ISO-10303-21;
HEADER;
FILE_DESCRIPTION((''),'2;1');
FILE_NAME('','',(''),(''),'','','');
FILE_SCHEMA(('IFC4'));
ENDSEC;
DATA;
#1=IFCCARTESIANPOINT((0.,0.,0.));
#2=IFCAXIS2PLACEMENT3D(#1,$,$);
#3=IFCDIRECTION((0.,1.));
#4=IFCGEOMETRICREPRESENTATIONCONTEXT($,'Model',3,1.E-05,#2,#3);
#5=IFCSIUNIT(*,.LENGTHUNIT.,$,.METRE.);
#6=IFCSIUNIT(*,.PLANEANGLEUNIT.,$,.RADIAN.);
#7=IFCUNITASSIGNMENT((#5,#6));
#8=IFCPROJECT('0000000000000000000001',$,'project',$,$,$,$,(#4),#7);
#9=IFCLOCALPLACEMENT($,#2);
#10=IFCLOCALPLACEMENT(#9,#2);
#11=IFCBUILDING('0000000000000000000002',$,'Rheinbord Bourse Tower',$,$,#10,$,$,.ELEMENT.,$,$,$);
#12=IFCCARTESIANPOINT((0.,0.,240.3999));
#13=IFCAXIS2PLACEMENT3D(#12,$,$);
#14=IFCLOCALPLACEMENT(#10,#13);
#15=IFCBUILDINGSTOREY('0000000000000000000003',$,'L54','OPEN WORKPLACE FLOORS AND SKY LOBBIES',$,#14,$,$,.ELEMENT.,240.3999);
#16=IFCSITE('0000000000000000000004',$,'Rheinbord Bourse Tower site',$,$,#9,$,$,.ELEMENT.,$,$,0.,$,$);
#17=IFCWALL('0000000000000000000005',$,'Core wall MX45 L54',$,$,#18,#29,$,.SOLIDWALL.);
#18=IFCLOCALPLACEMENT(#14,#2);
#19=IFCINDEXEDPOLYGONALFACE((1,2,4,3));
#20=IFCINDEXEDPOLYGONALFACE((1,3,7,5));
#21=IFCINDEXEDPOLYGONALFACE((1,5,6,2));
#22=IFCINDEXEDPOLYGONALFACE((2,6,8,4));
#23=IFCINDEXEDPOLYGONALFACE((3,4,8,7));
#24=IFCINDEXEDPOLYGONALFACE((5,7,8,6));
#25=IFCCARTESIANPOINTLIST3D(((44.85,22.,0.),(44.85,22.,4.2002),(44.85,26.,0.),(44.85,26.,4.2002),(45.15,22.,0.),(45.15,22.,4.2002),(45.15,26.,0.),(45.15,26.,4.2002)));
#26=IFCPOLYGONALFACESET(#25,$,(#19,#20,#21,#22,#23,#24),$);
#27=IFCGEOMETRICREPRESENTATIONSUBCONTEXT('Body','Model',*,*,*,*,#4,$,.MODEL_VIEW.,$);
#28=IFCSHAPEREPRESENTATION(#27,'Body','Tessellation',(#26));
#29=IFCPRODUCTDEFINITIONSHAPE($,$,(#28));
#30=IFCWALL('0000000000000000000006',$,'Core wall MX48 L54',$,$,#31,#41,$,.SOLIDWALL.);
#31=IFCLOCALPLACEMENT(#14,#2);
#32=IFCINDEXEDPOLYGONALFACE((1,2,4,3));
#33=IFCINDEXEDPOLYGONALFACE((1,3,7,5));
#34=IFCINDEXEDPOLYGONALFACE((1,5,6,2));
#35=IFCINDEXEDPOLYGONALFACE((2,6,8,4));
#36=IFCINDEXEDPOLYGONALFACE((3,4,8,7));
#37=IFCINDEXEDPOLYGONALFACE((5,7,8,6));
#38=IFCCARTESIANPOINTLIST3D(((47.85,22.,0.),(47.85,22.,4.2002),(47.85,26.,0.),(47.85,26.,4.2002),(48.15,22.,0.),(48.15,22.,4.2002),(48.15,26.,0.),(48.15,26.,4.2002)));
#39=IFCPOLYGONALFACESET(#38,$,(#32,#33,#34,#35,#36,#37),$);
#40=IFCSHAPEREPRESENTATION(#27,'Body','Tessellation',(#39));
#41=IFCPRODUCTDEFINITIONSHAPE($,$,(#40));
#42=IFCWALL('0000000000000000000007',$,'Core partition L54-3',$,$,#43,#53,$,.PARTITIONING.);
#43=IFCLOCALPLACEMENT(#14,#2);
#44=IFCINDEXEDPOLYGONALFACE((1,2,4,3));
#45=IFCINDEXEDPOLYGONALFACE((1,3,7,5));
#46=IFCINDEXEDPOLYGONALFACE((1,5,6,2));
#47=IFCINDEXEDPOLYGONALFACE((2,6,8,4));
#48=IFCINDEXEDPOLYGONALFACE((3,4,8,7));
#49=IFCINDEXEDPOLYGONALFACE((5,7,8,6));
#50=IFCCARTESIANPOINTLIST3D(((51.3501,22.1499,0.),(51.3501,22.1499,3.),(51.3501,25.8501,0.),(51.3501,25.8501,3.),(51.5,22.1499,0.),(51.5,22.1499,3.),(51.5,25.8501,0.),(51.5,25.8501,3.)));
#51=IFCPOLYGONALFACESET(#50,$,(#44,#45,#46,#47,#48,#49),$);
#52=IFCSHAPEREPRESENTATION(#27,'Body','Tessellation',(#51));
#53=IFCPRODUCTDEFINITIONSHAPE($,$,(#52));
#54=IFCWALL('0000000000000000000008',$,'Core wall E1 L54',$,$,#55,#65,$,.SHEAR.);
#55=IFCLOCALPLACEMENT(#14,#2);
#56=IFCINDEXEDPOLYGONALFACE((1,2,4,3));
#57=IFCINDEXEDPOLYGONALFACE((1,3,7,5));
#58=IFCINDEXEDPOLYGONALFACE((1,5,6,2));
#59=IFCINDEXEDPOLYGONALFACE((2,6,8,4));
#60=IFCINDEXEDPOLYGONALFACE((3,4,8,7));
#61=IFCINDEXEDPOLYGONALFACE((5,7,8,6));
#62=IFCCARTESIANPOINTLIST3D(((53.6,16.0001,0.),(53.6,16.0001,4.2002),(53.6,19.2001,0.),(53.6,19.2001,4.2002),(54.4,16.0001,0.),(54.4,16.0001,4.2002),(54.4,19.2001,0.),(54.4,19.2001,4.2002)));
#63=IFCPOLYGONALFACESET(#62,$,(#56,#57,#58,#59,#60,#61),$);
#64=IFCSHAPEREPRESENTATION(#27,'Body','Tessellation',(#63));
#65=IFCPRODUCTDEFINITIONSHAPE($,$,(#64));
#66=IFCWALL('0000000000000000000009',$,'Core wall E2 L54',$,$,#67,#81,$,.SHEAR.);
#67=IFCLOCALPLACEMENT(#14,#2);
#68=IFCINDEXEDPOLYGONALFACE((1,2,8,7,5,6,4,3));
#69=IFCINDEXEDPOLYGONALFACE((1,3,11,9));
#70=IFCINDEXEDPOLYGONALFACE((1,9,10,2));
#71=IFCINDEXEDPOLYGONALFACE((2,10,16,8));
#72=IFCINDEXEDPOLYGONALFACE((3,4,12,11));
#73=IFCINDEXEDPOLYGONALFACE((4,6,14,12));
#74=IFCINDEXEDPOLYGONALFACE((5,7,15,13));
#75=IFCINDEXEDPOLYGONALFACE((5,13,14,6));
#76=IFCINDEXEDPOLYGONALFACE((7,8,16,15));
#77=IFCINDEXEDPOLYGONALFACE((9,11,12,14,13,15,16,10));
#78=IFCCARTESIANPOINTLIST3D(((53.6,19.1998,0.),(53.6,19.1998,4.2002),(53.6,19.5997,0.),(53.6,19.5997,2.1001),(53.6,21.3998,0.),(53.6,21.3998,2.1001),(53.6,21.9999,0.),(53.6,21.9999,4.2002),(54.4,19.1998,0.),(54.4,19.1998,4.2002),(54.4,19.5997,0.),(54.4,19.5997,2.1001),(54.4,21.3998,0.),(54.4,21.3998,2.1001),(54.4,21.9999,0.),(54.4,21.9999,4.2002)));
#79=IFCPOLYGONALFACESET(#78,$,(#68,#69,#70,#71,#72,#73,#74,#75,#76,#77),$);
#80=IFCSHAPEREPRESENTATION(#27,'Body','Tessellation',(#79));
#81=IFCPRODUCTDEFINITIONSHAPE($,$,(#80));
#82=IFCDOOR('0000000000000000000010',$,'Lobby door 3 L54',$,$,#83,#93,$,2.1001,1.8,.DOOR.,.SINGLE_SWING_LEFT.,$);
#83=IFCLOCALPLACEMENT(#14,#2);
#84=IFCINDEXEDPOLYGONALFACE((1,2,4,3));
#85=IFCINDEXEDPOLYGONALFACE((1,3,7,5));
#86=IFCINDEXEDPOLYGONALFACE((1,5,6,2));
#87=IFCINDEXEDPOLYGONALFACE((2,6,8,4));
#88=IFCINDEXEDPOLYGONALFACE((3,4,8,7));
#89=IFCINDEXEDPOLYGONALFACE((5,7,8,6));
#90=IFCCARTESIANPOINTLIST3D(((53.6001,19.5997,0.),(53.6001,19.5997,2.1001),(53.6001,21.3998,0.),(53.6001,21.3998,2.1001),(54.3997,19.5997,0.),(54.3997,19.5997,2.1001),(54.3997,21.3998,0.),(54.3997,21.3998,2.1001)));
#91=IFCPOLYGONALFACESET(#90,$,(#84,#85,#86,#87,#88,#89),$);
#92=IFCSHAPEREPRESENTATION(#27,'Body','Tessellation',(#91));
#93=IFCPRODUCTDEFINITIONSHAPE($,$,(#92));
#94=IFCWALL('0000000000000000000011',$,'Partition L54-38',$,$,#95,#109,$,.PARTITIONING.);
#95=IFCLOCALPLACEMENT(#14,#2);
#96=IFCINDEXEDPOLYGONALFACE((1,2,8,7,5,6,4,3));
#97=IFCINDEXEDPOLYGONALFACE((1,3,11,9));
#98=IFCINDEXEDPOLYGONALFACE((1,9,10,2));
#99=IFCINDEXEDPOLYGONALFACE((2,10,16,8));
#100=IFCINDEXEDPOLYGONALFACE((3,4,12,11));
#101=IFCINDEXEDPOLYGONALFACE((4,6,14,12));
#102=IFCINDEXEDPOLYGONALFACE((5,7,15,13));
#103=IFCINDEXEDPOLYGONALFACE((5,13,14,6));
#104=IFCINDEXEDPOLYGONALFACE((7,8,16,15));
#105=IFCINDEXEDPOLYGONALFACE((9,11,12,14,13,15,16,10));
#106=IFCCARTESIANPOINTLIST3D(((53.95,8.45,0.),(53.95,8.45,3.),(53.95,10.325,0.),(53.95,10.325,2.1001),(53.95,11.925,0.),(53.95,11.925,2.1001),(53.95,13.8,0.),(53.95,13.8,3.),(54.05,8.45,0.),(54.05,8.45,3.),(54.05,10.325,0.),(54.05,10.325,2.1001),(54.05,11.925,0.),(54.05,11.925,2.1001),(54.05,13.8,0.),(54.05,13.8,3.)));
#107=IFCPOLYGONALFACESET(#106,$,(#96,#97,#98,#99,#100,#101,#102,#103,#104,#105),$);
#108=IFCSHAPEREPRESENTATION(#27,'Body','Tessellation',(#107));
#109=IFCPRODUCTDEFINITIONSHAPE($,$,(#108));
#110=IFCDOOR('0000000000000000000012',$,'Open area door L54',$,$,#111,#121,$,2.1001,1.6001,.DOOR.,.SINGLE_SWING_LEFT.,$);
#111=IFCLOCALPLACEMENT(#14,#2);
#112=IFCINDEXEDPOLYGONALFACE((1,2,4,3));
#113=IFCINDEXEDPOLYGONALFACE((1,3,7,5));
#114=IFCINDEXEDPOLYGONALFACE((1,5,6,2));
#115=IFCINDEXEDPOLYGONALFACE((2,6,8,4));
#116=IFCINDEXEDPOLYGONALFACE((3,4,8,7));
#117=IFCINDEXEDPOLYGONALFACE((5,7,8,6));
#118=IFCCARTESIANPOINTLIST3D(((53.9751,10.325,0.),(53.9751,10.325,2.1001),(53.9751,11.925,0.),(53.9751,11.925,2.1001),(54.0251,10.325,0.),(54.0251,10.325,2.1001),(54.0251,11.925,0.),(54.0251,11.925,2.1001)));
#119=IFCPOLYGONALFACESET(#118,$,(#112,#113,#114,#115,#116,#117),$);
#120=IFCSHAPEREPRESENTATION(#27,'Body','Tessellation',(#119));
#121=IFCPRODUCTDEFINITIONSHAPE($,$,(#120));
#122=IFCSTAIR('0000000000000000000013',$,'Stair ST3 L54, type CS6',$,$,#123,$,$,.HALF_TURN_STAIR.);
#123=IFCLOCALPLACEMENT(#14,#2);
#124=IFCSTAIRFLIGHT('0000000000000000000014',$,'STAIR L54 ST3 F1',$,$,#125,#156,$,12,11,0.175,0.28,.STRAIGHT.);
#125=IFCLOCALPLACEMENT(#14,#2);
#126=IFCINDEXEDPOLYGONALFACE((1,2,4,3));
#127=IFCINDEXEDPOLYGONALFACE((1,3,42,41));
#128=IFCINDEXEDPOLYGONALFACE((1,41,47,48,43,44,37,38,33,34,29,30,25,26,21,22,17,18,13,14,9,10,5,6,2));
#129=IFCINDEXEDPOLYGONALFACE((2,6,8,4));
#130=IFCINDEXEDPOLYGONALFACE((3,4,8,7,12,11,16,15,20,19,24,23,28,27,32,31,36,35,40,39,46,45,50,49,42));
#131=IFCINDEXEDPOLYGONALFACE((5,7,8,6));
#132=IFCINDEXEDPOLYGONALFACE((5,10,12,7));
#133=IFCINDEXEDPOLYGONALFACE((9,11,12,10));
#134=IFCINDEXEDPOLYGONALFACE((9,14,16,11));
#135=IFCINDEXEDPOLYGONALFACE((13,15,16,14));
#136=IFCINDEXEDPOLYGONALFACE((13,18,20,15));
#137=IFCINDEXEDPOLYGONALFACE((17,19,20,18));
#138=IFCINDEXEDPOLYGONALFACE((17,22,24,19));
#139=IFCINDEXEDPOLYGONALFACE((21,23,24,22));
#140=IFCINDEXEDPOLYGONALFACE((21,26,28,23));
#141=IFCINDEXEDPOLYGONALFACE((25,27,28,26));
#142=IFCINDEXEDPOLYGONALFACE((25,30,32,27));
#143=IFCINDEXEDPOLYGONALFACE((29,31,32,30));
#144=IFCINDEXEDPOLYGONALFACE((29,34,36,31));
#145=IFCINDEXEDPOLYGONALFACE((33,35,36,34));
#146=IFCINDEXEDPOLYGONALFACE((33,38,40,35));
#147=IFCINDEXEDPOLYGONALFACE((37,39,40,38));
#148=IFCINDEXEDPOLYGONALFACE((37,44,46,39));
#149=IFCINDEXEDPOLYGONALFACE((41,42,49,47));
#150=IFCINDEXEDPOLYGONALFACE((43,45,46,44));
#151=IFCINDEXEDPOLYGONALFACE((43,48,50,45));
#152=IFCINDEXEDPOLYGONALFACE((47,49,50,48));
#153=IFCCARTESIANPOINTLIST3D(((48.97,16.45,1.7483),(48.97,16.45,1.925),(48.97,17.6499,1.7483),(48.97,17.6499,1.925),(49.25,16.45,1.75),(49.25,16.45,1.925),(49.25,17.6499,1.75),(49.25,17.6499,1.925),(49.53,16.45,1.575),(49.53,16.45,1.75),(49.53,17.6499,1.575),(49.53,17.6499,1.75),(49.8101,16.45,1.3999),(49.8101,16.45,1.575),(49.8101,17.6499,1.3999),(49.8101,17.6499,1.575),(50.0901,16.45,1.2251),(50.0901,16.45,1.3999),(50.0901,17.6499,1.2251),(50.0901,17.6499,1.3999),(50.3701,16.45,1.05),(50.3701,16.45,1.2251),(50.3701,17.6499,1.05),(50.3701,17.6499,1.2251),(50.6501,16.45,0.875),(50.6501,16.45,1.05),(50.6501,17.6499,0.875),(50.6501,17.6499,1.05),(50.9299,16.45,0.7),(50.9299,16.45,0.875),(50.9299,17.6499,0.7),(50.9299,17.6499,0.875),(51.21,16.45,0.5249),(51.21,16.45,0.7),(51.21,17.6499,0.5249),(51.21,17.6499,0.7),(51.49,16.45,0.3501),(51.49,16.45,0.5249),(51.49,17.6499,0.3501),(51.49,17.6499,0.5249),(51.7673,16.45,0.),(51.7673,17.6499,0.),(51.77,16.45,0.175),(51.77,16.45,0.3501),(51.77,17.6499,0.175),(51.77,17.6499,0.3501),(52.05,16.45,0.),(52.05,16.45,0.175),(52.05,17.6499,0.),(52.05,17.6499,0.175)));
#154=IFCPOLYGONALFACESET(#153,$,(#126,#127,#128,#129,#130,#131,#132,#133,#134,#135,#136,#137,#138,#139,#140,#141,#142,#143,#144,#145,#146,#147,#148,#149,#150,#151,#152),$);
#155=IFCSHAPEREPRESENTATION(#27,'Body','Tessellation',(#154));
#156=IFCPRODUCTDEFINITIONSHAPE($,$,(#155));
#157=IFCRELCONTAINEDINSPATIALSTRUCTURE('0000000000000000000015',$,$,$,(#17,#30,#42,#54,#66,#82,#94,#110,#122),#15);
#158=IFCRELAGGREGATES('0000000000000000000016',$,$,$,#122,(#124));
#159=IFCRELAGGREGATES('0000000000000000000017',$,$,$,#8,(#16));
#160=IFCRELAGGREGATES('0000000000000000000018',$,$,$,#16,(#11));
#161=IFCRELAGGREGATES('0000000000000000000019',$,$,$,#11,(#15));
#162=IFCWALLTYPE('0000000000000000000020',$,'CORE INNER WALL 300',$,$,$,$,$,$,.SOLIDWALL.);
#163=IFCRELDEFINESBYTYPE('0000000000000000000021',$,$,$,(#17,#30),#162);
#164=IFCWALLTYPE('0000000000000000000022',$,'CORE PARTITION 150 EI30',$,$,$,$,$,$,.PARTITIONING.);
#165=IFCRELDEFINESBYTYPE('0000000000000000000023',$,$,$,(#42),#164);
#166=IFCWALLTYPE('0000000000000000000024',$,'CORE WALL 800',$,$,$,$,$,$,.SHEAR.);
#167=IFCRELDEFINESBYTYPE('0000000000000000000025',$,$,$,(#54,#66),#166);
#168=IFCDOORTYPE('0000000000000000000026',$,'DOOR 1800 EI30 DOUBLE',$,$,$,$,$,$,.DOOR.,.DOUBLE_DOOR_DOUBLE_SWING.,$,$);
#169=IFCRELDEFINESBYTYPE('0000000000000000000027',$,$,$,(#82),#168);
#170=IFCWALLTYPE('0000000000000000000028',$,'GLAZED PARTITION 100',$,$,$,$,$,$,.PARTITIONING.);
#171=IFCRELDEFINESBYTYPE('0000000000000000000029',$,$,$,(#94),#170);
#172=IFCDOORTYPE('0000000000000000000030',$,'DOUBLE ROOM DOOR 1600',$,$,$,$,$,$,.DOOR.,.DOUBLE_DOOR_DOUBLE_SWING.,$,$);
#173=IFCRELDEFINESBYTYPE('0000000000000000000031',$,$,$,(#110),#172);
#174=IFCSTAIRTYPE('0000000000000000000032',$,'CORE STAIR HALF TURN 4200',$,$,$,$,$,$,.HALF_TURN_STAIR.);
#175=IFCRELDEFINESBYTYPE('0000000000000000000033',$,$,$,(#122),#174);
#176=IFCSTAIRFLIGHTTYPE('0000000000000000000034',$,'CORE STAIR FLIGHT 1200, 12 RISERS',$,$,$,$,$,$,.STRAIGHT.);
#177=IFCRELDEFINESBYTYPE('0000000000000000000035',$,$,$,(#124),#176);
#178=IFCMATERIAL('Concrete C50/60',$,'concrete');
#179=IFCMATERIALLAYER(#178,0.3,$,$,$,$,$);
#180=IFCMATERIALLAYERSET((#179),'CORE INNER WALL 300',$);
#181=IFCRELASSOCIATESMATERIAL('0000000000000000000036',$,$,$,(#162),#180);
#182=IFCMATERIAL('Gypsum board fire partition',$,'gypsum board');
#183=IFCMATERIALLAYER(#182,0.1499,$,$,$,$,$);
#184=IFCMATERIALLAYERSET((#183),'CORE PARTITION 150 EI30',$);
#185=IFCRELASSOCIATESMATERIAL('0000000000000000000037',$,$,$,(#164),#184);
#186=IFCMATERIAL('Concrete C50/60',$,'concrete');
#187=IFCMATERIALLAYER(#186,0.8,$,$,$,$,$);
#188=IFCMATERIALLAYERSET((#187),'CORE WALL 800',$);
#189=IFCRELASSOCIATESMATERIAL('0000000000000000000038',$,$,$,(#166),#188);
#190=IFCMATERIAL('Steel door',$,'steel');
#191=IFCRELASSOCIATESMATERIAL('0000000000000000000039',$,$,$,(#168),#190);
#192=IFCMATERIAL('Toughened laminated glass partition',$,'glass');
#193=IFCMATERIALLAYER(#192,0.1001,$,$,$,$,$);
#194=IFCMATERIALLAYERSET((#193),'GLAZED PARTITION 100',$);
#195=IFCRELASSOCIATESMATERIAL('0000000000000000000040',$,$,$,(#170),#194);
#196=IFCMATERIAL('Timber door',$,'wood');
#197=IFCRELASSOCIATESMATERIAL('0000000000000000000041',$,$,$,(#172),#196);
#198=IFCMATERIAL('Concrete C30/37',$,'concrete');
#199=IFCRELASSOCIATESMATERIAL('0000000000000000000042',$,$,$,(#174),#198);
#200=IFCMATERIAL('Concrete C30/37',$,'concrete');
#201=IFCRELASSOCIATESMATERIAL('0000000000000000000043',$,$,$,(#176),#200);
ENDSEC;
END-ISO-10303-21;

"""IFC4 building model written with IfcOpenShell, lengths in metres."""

from ifc_helpers import new_model, si_unit, direction, frame, frame_2d, origin, place, context, subcontext, project, spatial, polyline, rectangle, outline, extrude, material, layer, layer_set, type_object, element, fill, aggregate, save


model = new_model("IFC4")

# Units and contexts
model_context = context("Model", 3, precision=1e-05, world=origin(), true_north=direction((0.0, 1.0)))
body_context = subcontext(model_context, "Body", "Model", "MODEL_VIEW")
ifc_project = project(units=[si_unit("LENGTHUNIT", "METRE"), si_unit("PLANEANGLEUNIT", "RADIAN")], contexts=[model_context])

# Site, building, storey
site_placement = place(None, origin())
site = spatial("IfcSite", under=ifc_project, at=site_placement, Name="Rheinbord Bourse Tower site", CompositionType="ELEMENT", RefElevation=0.0)
building_placement = place(site_placement, origin())
building = spatial("IfcBuilding", under=site, at=building_placement, Name="Rheinbord Bourse Tower", CompositionType="ELEMENT")
storey_placement = place(building_placement, frame((0.0, 0.0, 240.3999)))
storey = spatial("IfcBuildingStorey", under=building, at=storey_placement, Name="L54", Description="OPEN WORKPLACE FLOORS AND SKY LOBBIES", CompositionType="ELEMENT", Elevation=240.3999)

# Shared definitions
ifc_material_1 = material(Name="Concrete C50/60", Category="concrete")
ifc_layer_1 = layer(ifc_material_1, 0.3)
ifc_layer_set_1 = layer_set([ifc_layer_1], Name="CORE INNER WALL 300")
wall_type_1 = type_object("IfcWallType", Name="CORE INNER WALL 300", PredefinedType="SOLIDWALL", material=ifc_layer_set_1)

# Walls
for number, where, z_axis, x_axis, name in (
    (1, (45.0, 22.0, 0.0), (0.0, 0.0, 1.0), (0.0, 1.0, 0.0), "Core wall MX45 L54"),
    (2, (48.0, 22.0, 0.0), (0.0, 0.0, 1.0), (0.0, 1.0, 0.0), "Core wall MX48 L54"),
):
    element("IfcWall", number, at=place(storey_placement, frame(where, z_axis=z_axis, x_axis=x_axis)), inside=storey, type_object=wall_type_1, Name=name, PredefinedType="SOLIDWALL", context=body_context, shape_type="SweptSolid", body=[
        extrude(rectangle(XDim=4.0, YDim=0.3, at=frame_2d((2.0, 0.0))), origin(), (0.0, 0.0, 1.0), 4.2002),
    ])
ifc_material_2 = material(Name="Gypsum board fire partition", Category="gypsum board")
ifc_layer_2 = layer(ifc_material_2, 0.1499)
ifc_layer_set_2 = layer_set([ifc_layer_2], Name="CORE PARTITION 150 EI30")
wall_type_2 = type_object("IfcWallType", Name="CORE PARTITION 150 EI30", PredefinedType="PARTITIONING", material=ifc_layer_set_2)
wall_1_placement = place(storey_placement, frame((51.425, 22.1499, 0.0), z_axis=(0.0, 0.0, 1.0), x_axis=(0.0, 1.0, 0.0)))
element("IfcWall", 3, at=wall_1_placement, inside=storey, type_object=wall_type_2, Name="Core partition L54-3", PredefinedType="PARTITIONING", context=body_context, shape_type="SweptSolid", body=[
    extrude(rectangle(XDim=3.7002, YDim=0.1499, at=frame_2d((1.8501, 0.0))), origin(), (0.0, 0.0, 1.0), 3.0),
])
ifc_material_3 = material(Name="Concrete C50/60", Category="concrete")
ifc_layer_3 = layer(ifc_material_3, 0.8)
ifc_layer_set_3 = layer_set([ifc_layer_3], Name="CORE WALL 800")
wall_type_3 = type_object("IfcWallType", Name="CORE WALL 800", PredefinedType="SHEAR", material=ifc_layer_set_3)
wall_2_placement = place(storey_placement, frame((54.0, 16.0, 0.0), z_axis=(0.0, 0.0, 1.0), x_axis=(0.0, 1.0, 0.0)))
element("IfcWall", 4, at=wall_2_placement, inside=storey, type_object=wall_type_3, Name="Core wall E1 L54", PredefinedType="SHEAR", context=body_context, shape_type="SweptSolid", body=[
    extrude(rectangle(XDim=3.2, YDim=0.8, at=frame_2d((1.6001, 0.0))), origin(), (0.0, 0.0, 1.0), 4.2002),
])

# Walls, openings, doors
wall_3_placement = place(storey_placement, frame((54.0, 19.2, 0.0), z_axis=(0.0, 0.0, 1.0), x_axis=(0.0, 1.0, 0.0)))
wall_3 = element("IfcWall", 5, at=wall_3_placement, inside=storey, type_object=wall_type_3, Name="Core wall E2 L54", PredefinedType="SHEAR", context=body_context, shape_type="SweptSolid", body=[
    extrude(rectangle(XDim=2.8, YDim=0.8, at=frame_2d((1.3999, 0.0))), origin(), (0.0, 0.0, 1.0), 4.2002),
])
opening_1_placement = place(wall_3_placement, frame((0.3999, 0.0, 0.0)))
opening_1 = element("IfcOpeningElement", 6, at=opening_1_placement, cuts=wall_3, PredefinedType="OPENING", context=body_context, shape_type="SweptSolid", body=[
    extrude(rectangle(XDim=1.8, YDim=2.1001, at=frame_2d((0.8999, 1.05))), frame((0.0, 0.4099, 0.0), z_axis=(0.0, -1.0, 0.0), x_axis=(1.0, 0.0, 0.0)), (0.0, 0.0, 1.0), 0.8201),
])
ifc_material_4 = material(Name="Steel door", Category="steel")
door_type_1 = type_object("IfcDoorType", Name="DOOR 1800 EI30 DOUBLE", OperationType="DOUBLE_DOOR_DOUBLE_SWING", PredefinedType="DOOR", material=ifc_material_4)
door_1_placement = place(opening_1_placement, origin())
door_1 = element("IfcDoor", 7, at=door_1_placement, inside=storey, type_object=door_type_1, Name="Lobby door 3 L54", OperationType="SINGLE_SWING_LEFT", OverallHeight=2.1001, OverallWidth=1.8, PredefinedType="DOOR", context=body_context, shape_type="SweptSolid", body=[
    extrude(rectangle(XDim=1.8, YDim=2.1001, at=frame_2d((0.8999, 1.05))), frame((0.0, 0.3999, 0.0), z_axis=(0.0, -1.0, 0.0), x_axis=(1.0, 0.0, 0.0)), (0.0, 0.0, 1.0), 0.7996),
])
fill(opening_1, door_1)
ifc_material_5 = material(Name="Toughened laminated glass partition", Category="glass")
ifc_layer_4 = layer(ifc_material_5, 0.1001)
ifc_layer_set_4 = layer_set([ifc_layer_4], Name="GLAZED PARTITION 100")
wall_type_4 = type_object("IfcWallType", Name="GLAZED PARTITION 100", PredefinedType="PARTITIONING", material=ifc_layer_set_4)
wall_4_placement = place(storey_placement, frame((54.0, 8.45, 0.0), z_axis=(0.0, 0.0, 1.0), x_axis=(0.0, 1.0, 0.0)))
wall_4 = element("IfcWall", 8, at=wall_4_placement, inside=storey, type_object=wall_type_4, Name="Partition L54-38", PredefinedType="PARTITIONING", context=body_context, shape_type="SweptSolid", body=[
    extrude(rectangle(XDim=5.3501, YDim=0.1001, at=frame_2d((2.675, 0.0))), origin(), (0.0, 0.0, 1.0), 3.0),
])
opening_2_placement = place(wall_4_placement, frame((1.875, 0.0, 0.0)))
opening_2 = element("IfcOpeningElement", 9, at=opening_2_placement, cuts=wall_4, PredefinedType="OPENING", context=body_context, shape_type="SweptSolid", body=[
    extrude(rectangle(XDim=1.6001, YDim=2.1001, at=frame_2d((0.8, 1.05))), frame((0.0, 0.0601, 0.0), z_axis=(0.0, -1.0, 0.0), x_axis=(1.0, 0.0, 0.0)), (0.0, 0.0, 1.0), 0.1201),
])
ifc_material_6 = material(Name="Timber door", Category="wood")
door_type_2 = type_object("IfcDoorType", Name="DOUBLE ROOM DOOR 1600", OperationType="DOUBLE_DOOR_DOUBLE_SWING", PredefinedType="DOOR", material=ifc_material_6)
door_2_placement = place(opening_2_placement, origin())
door_2 = element("IfcDoor", 10, at=door_2_placement, inside=storey, type_object=door_type_2, Name="Open area door L54", OperationType="SINGLE_SWING_LEFT", OverallHeight=2.1001, OverallWidth=1.6001, PredefinedType="DOOR", context=body_context, shape_type="SweptSolid", body=[
    extrude(rectangle(XDim=1.6001, YDim=2.1001, at=frame_2d((0.8, 1.05))), frame((0.0, 0.0249, 0.0), z_axis=(0.0, -1.0, 0.0), x_axis=(1.0, 0.0, 0.0)), (0.0, 0.0, 1.0), 0.05),
])
fill(opening_2, door_2)

# Stair, stair flight
ifc_material_7 = material(Name="Concrete C30/37", Category="concrete")
stair_type = type_object("IfcStairType", Name="CORE STAIR HALF TURN 4200", PredefinedType="HALF_TURN_STAIR", material=ifc_material_7)
stair_placement = place(storey_placement, origin())
stair = element("IfcStair", 11, at=stair_placement, inside=storey, type_object=stair_type, Name="Stair ST3 L54, type CS6", PredefinedType="HALF_TURN_STAIR")
ifc_material_8 = material(Name="Concrete C30/37", Category="concrete")
stair_flight_type = type_object("IfcStairFlightType", Name="CORE STAIR FLIGHT 1200, 12 RISERS", PredefinedType="STRAIGHT", material=ifc_material_8)
stair_flight_1_placement = place(storey_placement, frame((52.05, 17.05, 0.0), z_axis=(0.0, 0.0, 1.0), x_axis=(-1.0, 0.0, 0.0)))
stair_flight_1 = element("IfcStairFlight", 12, at=stair_flight_1_placement, type_object=stair_flight_type, Name="STAIR L54 ST3 F1", NumberOfRisers=12, NumberOfTreads=11, PredefinedType="STRAIGHT", RiserHeight=0.175, TreadLength=0.28, context=body_context, shape_type="SweptSolid", body=[
    extrude(outline(polyline([(0.0, 0.0), (0.0, 0.175), (0.28, 0.175), (0.28, 0.3501), (0.5601, 0.3501), (0.5601, 0.5249), (0.8401, 0.5249), (0.8401, 0.7), (1.1201, 0.7), (1.1201, 0.875), (1.3999, 0.875), (1.3999, 1.05), (1.6799, 1.05), (1.6799, 1.2251), (1.96, 1.2251), (1.96, 1.3999), (2.24, 1.3999), (2.24, 1.575), (2.52, 1.575), (2.52, 1.75), (2.8, 1.75), (2.8, 1.925), (3.0801, 1.925), (3.0801, 2.1001), (3.0801, 1.7483), (0.2827, 0.0), (0.0, 0.0)])), frame((0.0, 0.6001, 0.0), z_axis=(0.0, -1.0, 0.0), x_axis=(1.0, 0.0, 0.0)), (0.0, 0.0, 1.0), 1.2),
])
aggregate(stair, [stair_flight_1])

save(model, "model.ifc")
